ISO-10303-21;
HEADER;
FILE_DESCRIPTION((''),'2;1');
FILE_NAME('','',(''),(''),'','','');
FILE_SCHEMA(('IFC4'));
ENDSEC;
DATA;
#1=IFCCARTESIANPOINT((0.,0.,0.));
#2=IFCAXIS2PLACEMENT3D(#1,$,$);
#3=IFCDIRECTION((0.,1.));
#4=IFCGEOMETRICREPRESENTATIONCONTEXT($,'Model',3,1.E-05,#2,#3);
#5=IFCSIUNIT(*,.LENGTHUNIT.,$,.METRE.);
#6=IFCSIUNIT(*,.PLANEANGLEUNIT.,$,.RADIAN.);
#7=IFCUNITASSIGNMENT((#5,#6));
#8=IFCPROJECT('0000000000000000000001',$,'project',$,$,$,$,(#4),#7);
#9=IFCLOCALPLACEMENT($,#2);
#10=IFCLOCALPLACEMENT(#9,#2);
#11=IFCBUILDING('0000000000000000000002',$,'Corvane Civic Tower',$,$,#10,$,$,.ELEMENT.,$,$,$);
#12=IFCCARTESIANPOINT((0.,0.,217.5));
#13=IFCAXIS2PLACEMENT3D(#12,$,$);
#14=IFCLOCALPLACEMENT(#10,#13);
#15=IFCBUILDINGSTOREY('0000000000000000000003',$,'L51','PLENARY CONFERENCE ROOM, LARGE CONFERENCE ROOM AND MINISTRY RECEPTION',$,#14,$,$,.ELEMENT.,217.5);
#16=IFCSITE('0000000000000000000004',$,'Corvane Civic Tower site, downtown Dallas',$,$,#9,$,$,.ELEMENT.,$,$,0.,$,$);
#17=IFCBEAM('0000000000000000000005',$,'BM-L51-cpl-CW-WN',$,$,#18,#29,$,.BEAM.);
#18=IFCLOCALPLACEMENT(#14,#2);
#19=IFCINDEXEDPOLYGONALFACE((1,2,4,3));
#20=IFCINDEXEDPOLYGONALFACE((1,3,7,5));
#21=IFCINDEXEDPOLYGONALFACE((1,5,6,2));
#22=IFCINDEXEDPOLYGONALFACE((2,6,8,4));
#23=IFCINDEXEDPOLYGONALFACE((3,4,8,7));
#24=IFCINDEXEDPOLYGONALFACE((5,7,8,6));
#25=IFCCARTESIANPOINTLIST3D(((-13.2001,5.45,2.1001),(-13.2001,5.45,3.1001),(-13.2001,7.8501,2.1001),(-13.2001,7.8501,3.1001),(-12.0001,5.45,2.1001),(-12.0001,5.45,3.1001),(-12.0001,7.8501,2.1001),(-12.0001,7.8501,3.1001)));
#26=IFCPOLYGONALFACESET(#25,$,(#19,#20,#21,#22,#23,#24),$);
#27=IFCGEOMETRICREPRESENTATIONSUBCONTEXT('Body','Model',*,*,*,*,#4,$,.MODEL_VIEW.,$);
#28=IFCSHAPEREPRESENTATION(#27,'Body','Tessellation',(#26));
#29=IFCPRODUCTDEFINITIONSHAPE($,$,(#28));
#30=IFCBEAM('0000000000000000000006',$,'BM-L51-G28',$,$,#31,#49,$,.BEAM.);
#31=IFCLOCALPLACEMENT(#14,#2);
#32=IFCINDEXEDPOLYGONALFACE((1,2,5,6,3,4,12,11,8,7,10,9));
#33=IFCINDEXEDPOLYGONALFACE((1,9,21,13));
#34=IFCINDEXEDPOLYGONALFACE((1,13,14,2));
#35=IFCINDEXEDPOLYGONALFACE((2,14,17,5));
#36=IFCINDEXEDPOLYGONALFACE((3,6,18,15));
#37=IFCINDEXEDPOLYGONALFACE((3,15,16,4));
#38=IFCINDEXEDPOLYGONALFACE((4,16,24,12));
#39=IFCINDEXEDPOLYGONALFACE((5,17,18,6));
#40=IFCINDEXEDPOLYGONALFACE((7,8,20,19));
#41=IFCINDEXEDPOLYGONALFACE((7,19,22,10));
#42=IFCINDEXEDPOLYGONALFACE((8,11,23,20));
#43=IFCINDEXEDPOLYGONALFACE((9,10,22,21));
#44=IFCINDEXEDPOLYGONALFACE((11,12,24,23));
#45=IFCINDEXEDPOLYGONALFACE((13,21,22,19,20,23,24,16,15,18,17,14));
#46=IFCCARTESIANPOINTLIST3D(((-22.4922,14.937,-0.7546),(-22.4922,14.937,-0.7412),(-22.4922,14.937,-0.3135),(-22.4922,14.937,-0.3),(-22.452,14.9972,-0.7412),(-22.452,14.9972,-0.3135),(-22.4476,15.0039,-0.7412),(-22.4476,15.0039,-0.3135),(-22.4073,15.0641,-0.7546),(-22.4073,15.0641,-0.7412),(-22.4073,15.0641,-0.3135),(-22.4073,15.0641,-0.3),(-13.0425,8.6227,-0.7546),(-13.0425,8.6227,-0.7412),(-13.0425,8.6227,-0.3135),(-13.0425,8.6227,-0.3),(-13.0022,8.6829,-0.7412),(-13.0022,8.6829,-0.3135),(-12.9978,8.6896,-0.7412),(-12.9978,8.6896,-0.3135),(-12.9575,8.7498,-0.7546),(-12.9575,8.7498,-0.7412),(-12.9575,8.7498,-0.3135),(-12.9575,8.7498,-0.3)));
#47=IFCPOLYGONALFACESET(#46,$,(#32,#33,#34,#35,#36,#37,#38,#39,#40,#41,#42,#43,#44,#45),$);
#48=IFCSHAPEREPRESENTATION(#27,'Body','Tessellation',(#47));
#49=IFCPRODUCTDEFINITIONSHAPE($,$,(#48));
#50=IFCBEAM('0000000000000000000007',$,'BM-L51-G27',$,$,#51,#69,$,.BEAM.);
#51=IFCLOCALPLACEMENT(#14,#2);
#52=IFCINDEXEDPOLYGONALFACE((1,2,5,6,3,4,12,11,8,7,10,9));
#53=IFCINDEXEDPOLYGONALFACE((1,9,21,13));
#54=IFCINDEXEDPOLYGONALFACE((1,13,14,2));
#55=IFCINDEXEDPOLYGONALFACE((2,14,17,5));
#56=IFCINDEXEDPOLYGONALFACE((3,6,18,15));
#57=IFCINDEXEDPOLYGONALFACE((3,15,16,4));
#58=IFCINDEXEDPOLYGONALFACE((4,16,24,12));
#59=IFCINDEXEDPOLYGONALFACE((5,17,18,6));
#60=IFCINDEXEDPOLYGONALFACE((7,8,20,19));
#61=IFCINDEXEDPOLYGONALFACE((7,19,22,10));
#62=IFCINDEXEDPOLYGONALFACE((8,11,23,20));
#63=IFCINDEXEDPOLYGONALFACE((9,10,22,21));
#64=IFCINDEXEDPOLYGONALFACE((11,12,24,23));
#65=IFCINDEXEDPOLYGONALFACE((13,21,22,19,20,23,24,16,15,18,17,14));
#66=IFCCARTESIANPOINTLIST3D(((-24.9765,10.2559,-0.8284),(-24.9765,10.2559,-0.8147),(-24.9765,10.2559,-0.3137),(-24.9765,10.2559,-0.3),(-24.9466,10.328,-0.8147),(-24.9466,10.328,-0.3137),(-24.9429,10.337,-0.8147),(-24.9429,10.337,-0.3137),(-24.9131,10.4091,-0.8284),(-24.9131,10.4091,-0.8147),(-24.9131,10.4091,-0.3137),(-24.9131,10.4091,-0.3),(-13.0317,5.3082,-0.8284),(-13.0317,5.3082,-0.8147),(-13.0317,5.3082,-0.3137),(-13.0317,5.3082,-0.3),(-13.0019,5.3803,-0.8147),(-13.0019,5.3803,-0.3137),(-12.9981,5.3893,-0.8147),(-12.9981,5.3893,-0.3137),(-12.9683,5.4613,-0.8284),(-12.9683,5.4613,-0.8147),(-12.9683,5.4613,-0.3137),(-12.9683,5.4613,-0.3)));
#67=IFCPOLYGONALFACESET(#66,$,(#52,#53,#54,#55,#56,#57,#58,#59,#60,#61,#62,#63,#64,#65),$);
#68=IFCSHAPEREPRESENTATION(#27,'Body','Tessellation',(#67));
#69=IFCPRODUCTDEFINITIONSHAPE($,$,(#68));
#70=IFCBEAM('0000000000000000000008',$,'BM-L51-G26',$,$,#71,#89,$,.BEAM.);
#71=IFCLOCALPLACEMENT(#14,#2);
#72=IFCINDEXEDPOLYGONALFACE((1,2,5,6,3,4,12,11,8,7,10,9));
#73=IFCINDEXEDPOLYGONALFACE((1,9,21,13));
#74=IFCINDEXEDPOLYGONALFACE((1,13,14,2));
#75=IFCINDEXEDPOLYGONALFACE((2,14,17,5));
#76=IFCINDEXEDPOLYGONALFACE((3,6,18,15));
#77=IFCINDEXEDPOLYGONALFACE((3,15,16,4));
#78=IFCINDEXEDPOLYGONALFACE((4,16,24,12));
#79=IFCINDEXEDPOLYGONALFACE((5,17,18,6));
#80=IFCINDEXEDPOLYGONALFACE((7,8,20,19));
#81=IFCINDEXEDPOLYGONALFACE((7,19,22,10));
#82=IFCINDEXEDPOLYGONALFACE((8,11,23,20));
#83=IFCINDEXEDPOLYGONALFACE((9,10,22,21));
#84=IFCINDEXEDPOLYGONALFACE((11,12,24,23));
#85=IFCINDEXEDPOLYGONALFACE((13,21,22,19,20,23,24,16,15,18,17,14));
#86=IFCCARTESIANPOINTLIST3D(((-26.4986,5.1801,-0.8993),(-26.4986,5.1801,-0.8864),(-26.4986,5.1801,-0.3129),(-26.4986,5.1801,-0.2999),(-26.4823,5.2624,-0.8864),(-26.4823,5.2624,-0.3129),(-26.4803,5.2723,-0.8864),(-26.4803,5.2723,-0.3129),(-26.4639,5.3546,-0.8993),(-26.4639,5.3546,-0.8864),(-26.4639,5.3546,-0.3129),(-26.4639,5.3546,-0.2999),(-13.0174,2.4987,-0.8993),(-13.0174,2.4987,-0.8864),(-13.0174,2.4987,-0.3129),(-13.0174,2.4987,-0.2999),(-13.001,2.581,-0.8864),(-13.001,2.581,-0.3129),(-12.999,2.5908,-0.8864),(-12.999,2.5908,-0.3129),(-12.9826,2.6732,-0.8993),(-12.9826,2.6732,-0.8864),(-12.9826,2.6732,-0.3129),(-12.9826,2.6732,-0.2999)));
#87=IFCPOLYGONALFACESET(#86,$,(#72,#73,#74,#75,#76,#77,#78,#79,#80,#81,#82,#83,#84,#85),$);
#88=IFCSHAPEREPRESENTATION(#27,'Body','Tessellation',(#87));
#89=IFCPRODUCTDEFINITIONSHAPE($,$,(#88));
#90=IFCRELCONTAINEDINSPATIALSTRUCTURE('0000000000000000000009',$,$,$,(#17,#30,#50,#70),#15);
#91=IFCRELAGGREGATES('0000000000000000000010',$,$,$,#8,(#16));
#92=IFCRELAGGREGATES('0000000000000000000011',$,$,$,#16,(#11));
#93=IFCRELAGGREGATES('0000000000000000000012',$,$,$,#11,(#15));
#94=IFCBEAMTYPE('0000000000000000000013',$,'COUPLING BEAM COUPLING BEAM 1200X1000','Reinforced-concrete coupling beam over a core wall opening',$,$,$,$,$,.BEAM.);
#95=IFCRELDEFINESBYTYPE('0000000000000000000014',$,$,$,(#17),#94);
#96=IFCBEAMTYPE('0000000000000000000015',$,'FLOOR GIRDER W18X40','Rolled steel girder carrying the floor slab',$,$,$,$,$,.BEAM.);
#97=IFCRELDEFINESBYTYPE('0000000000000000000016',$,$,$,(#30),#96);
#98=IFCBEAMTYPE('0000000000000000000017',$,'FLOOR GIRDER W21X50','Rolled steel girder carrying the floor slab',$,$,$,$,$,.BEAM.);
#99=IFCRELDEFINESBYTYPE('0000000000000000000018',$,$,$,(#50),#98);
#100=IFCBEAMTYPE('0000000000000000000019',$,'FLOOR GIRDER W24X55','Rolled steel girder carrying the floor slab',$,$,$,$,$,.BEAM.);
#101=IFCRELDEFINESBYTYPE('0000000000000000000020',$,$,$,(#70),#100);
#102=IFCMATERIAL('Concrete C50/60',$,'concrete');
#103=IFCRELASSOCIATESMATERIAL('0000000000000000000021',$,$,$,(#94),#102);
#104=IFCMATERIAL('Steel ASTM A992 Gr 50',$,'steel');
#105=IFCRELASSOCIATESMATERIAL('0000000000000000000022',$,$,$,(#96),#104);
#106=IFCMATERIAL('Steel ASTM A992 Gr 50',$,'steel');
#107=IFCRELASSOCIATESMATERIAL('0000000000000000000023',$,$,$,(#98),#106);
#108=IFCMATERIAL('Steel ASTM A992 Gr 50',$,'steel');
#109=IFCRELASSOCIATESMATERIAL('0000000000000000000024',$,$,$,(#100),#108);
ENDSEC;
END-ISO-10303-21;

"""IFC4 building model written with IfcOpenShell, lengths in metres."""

from ifc_helpers import new_model, si_unit, direction, frame, origin, origin_2d, place, context, subcontext, project, spatial, rectangle, i_section, extrude, material, material_profile, profile_set, type_object, element, save


model = new_model("IFC4")

# Units and contexts
model_context = context("Model", 3, precision=1e-05, world=origin(), true_north=direction((0.0, 1.0)))
body_context = subcontext(model_context, "Body", "Model", "MODEL_VIEW")
ifc_project = project(units=[si_unit("LENGTHUNIT", "METRE"), si_unit("PLANEANGLEUNIT", "RADIAN")], contexts=[model_context])

# Site, building, storey
site_placement = place(None, origin())
site = spatial("IfcSite", under=ifc_project, at=site_placement, Name="Corvane Civic Tower site, downtown Dallas", CompositionType="ELEMENT", RefElevation=0.0)
building_placement = place(site_placement, origin())
building = spatial("IfcBuilding", under=site, at=building_placement, Name="Corvane Civic Tower", CompositionType="ELEMENT")
storey_placement = place(building_placement, frame((0.0, 0.0, 217.5)))
storey = spatial("IfcBuildingStorey", under=building, at=storey_placement, Name="L51", Description="PLENARY CONFERENCE ROOM, LARGE CONFERENCE ROOM AND MINISTRY RECEPTION", CompositionType="ELEMENT", Elevation=217.5)

# Beams
ifc_material_1 = material(Name="Concrete C50/60", Category="concrete")
ifc_material_profile_1 = material_profile(ifc_material_1, rectangle(XDim=1.2, YDim=1.0, at=origin_2d()), Name="COUPLING BEAM 1200X1000")
ifc_profile_set_1 = profile_set([ifc_material_profile_1], Name="Concrete C50/60")
beam_type_1 = type_object("IfcBeamType", Name="COUPLING BEAM COUPLING BEAM 1200X1000", Description="Reinforced-concrete coupling beam over a core wall opening", PredefinedType="BEAM", material=ifc_profile_set_1)
beam_1_placement = place(storey_placement, frame((-12.6001, 5.45, 2.6001), z_axis=(0.0, 1.0, 0.0), x_axis=(-1.0, 0.0, 0.0)))
element("IfcBeam", 1, at=beam_1_placement, inside=storey, type_object=beam_type_1, Name="BM-L51-cpl-CW-WN", PredefinedType="BEAM", context=body_context, shape_type="SweptSolid", body=[
    extrude(rectangle(XDim=1.2, YDim=1.0, at=origin_2d()), origin(), (0.0, 0.0, 1.0), 2.4001),
])
ifc_material_2 = material(Name="Steel ASTM A992 Gr 50", Category="steel")
ifc_material_profile_2 = material_profile(ifc_material_2, i_section(OverallWidth=0.1528, OverallDepth=0.4546, WebThickness=0.0081, FlangeThickness=0.0134, at=origin_2d()), Name="W18X40")
ifc_profile_set_2 = profile_set([ifc_material_profile_2], Name="Steel ASTM A992 Gr 50")
beam_type_2 = type_object("IfcBeamType", Name="FLOOR GIRDER W18X40", Description="Rolled steel girder carrying the floor slab", PredefinedType="BEAM", material=ifc_profile_set_2)
beam_2_placement = place(storey_placement, frame((-13.0, 8.6863, -0.5273), z_axis=(-0.831465, 0.555577, 0.0), x_axis=(-0.555577, -0.831465, 0.0)))
element("IfcBeam", 2, at=beam_2_placement, inside=storey, type_object=beam_type_2, Name="BM-L51-G28", PredefinedType="BEAM", context=body_context, shape_type="SweptSolid", body=[
    extrude(i_section(OverallWidth=0.1528, OverallDepth=0.4546, WebThickness=0.0081, FlangeThickness=0.0134, at=origin_2d()), origin(), (0.0, 0.0, 1.0), 11.3652),
])
ifc_material_3 = material(Name="Steel ASTM A992 Gr 50", Category="steel")
ifc_material_profile_3 = material_profile(ifc_material_3, i_section(OverallWidth=0.1658, OverallDepth=0.5283, WebThickness=0.0098, FlangeThickness=0.0137, at=origin_2d()), Name="W21X50")
ifc_profile_set_3 = profile_set([ifc_material_profile_3], Name="Steel ASTM A992 Gr 50")
beam_type_3 = type_object("IfcBeamType", Name="FLOOR GIRDER W21X50", Description="Rolled steel girder carrying the floor slab", PredefinedType="BEAM", material=ifc_profile_set_3)
beam_3_placement = place(storey_placement, frame((-13.0, 5.3848, -0.5642), z_axis=(-0.923878, 0.382686, 0.0), x_axis=(-0.382686, -0.923878, 0.0)))
element("IfcBeam", 3, at=beam_3_placement, inside=storey, type_object=beam_type_3, Name="BM-L51-G27", PredefinedType="BEAM", context=body_context, shape_type="SweptSolid", body=[
    extrude(i_section(OverallWidth=0.1658, OverallDepth=0.5283, WebThickness=0.0098, FlangeThickness=0.0137, at=origin_2d()), origin(), (0.0, 0.0, 1.0), 12.929),
])
ifc_material_4 = material(Name="Steel ASTM A992 Gr 50", Category="steel")
ifc_material_profile_4 = material_profile(ifc_material_4, i_section(OverallWidth=0.178, OverallDepth=0.5994, WebThickness=0.01, FlangeThickness=0.0129, at=origin_2d()), Name="W24X55")
ifc_profile_set_4 = profile_set([ifc_material_profile_4], Name="Steel ASTM A992 Gr 50")
beam_type_4 = type_object("IfcBeamType", Name="FLOOR GIRDER W24X55", Description="Rolled steel girder carrying the floor slab", PredefinedType="BEAM", material=ifc_profile_set_4)
beam_4_placement = place(storey_placement, frame((-13.0, 2.5859, -0.5996), z_axis=(-0.980788, 0.195078, 0.0), x_axis=(-0.195078, -0.980788, 0.0)))
element("IfcBeam", 4, at=beam_4_placement, inside=storey, type_object=beam_type_4, Name="BM-L51-G26", PredefinedType="BEAM", context=body_context, shape_type="SweptSolid", body=[
    extrude(i_section(OverallWidth=0.178, OverallDepth=0.5994, WebThickness=0.01, FlangeThickness=0.0129, at=origin_2d()), origin(), (0.0, 0.0, 1.0), 13.7454),
])

save(model, "model.ifc")
